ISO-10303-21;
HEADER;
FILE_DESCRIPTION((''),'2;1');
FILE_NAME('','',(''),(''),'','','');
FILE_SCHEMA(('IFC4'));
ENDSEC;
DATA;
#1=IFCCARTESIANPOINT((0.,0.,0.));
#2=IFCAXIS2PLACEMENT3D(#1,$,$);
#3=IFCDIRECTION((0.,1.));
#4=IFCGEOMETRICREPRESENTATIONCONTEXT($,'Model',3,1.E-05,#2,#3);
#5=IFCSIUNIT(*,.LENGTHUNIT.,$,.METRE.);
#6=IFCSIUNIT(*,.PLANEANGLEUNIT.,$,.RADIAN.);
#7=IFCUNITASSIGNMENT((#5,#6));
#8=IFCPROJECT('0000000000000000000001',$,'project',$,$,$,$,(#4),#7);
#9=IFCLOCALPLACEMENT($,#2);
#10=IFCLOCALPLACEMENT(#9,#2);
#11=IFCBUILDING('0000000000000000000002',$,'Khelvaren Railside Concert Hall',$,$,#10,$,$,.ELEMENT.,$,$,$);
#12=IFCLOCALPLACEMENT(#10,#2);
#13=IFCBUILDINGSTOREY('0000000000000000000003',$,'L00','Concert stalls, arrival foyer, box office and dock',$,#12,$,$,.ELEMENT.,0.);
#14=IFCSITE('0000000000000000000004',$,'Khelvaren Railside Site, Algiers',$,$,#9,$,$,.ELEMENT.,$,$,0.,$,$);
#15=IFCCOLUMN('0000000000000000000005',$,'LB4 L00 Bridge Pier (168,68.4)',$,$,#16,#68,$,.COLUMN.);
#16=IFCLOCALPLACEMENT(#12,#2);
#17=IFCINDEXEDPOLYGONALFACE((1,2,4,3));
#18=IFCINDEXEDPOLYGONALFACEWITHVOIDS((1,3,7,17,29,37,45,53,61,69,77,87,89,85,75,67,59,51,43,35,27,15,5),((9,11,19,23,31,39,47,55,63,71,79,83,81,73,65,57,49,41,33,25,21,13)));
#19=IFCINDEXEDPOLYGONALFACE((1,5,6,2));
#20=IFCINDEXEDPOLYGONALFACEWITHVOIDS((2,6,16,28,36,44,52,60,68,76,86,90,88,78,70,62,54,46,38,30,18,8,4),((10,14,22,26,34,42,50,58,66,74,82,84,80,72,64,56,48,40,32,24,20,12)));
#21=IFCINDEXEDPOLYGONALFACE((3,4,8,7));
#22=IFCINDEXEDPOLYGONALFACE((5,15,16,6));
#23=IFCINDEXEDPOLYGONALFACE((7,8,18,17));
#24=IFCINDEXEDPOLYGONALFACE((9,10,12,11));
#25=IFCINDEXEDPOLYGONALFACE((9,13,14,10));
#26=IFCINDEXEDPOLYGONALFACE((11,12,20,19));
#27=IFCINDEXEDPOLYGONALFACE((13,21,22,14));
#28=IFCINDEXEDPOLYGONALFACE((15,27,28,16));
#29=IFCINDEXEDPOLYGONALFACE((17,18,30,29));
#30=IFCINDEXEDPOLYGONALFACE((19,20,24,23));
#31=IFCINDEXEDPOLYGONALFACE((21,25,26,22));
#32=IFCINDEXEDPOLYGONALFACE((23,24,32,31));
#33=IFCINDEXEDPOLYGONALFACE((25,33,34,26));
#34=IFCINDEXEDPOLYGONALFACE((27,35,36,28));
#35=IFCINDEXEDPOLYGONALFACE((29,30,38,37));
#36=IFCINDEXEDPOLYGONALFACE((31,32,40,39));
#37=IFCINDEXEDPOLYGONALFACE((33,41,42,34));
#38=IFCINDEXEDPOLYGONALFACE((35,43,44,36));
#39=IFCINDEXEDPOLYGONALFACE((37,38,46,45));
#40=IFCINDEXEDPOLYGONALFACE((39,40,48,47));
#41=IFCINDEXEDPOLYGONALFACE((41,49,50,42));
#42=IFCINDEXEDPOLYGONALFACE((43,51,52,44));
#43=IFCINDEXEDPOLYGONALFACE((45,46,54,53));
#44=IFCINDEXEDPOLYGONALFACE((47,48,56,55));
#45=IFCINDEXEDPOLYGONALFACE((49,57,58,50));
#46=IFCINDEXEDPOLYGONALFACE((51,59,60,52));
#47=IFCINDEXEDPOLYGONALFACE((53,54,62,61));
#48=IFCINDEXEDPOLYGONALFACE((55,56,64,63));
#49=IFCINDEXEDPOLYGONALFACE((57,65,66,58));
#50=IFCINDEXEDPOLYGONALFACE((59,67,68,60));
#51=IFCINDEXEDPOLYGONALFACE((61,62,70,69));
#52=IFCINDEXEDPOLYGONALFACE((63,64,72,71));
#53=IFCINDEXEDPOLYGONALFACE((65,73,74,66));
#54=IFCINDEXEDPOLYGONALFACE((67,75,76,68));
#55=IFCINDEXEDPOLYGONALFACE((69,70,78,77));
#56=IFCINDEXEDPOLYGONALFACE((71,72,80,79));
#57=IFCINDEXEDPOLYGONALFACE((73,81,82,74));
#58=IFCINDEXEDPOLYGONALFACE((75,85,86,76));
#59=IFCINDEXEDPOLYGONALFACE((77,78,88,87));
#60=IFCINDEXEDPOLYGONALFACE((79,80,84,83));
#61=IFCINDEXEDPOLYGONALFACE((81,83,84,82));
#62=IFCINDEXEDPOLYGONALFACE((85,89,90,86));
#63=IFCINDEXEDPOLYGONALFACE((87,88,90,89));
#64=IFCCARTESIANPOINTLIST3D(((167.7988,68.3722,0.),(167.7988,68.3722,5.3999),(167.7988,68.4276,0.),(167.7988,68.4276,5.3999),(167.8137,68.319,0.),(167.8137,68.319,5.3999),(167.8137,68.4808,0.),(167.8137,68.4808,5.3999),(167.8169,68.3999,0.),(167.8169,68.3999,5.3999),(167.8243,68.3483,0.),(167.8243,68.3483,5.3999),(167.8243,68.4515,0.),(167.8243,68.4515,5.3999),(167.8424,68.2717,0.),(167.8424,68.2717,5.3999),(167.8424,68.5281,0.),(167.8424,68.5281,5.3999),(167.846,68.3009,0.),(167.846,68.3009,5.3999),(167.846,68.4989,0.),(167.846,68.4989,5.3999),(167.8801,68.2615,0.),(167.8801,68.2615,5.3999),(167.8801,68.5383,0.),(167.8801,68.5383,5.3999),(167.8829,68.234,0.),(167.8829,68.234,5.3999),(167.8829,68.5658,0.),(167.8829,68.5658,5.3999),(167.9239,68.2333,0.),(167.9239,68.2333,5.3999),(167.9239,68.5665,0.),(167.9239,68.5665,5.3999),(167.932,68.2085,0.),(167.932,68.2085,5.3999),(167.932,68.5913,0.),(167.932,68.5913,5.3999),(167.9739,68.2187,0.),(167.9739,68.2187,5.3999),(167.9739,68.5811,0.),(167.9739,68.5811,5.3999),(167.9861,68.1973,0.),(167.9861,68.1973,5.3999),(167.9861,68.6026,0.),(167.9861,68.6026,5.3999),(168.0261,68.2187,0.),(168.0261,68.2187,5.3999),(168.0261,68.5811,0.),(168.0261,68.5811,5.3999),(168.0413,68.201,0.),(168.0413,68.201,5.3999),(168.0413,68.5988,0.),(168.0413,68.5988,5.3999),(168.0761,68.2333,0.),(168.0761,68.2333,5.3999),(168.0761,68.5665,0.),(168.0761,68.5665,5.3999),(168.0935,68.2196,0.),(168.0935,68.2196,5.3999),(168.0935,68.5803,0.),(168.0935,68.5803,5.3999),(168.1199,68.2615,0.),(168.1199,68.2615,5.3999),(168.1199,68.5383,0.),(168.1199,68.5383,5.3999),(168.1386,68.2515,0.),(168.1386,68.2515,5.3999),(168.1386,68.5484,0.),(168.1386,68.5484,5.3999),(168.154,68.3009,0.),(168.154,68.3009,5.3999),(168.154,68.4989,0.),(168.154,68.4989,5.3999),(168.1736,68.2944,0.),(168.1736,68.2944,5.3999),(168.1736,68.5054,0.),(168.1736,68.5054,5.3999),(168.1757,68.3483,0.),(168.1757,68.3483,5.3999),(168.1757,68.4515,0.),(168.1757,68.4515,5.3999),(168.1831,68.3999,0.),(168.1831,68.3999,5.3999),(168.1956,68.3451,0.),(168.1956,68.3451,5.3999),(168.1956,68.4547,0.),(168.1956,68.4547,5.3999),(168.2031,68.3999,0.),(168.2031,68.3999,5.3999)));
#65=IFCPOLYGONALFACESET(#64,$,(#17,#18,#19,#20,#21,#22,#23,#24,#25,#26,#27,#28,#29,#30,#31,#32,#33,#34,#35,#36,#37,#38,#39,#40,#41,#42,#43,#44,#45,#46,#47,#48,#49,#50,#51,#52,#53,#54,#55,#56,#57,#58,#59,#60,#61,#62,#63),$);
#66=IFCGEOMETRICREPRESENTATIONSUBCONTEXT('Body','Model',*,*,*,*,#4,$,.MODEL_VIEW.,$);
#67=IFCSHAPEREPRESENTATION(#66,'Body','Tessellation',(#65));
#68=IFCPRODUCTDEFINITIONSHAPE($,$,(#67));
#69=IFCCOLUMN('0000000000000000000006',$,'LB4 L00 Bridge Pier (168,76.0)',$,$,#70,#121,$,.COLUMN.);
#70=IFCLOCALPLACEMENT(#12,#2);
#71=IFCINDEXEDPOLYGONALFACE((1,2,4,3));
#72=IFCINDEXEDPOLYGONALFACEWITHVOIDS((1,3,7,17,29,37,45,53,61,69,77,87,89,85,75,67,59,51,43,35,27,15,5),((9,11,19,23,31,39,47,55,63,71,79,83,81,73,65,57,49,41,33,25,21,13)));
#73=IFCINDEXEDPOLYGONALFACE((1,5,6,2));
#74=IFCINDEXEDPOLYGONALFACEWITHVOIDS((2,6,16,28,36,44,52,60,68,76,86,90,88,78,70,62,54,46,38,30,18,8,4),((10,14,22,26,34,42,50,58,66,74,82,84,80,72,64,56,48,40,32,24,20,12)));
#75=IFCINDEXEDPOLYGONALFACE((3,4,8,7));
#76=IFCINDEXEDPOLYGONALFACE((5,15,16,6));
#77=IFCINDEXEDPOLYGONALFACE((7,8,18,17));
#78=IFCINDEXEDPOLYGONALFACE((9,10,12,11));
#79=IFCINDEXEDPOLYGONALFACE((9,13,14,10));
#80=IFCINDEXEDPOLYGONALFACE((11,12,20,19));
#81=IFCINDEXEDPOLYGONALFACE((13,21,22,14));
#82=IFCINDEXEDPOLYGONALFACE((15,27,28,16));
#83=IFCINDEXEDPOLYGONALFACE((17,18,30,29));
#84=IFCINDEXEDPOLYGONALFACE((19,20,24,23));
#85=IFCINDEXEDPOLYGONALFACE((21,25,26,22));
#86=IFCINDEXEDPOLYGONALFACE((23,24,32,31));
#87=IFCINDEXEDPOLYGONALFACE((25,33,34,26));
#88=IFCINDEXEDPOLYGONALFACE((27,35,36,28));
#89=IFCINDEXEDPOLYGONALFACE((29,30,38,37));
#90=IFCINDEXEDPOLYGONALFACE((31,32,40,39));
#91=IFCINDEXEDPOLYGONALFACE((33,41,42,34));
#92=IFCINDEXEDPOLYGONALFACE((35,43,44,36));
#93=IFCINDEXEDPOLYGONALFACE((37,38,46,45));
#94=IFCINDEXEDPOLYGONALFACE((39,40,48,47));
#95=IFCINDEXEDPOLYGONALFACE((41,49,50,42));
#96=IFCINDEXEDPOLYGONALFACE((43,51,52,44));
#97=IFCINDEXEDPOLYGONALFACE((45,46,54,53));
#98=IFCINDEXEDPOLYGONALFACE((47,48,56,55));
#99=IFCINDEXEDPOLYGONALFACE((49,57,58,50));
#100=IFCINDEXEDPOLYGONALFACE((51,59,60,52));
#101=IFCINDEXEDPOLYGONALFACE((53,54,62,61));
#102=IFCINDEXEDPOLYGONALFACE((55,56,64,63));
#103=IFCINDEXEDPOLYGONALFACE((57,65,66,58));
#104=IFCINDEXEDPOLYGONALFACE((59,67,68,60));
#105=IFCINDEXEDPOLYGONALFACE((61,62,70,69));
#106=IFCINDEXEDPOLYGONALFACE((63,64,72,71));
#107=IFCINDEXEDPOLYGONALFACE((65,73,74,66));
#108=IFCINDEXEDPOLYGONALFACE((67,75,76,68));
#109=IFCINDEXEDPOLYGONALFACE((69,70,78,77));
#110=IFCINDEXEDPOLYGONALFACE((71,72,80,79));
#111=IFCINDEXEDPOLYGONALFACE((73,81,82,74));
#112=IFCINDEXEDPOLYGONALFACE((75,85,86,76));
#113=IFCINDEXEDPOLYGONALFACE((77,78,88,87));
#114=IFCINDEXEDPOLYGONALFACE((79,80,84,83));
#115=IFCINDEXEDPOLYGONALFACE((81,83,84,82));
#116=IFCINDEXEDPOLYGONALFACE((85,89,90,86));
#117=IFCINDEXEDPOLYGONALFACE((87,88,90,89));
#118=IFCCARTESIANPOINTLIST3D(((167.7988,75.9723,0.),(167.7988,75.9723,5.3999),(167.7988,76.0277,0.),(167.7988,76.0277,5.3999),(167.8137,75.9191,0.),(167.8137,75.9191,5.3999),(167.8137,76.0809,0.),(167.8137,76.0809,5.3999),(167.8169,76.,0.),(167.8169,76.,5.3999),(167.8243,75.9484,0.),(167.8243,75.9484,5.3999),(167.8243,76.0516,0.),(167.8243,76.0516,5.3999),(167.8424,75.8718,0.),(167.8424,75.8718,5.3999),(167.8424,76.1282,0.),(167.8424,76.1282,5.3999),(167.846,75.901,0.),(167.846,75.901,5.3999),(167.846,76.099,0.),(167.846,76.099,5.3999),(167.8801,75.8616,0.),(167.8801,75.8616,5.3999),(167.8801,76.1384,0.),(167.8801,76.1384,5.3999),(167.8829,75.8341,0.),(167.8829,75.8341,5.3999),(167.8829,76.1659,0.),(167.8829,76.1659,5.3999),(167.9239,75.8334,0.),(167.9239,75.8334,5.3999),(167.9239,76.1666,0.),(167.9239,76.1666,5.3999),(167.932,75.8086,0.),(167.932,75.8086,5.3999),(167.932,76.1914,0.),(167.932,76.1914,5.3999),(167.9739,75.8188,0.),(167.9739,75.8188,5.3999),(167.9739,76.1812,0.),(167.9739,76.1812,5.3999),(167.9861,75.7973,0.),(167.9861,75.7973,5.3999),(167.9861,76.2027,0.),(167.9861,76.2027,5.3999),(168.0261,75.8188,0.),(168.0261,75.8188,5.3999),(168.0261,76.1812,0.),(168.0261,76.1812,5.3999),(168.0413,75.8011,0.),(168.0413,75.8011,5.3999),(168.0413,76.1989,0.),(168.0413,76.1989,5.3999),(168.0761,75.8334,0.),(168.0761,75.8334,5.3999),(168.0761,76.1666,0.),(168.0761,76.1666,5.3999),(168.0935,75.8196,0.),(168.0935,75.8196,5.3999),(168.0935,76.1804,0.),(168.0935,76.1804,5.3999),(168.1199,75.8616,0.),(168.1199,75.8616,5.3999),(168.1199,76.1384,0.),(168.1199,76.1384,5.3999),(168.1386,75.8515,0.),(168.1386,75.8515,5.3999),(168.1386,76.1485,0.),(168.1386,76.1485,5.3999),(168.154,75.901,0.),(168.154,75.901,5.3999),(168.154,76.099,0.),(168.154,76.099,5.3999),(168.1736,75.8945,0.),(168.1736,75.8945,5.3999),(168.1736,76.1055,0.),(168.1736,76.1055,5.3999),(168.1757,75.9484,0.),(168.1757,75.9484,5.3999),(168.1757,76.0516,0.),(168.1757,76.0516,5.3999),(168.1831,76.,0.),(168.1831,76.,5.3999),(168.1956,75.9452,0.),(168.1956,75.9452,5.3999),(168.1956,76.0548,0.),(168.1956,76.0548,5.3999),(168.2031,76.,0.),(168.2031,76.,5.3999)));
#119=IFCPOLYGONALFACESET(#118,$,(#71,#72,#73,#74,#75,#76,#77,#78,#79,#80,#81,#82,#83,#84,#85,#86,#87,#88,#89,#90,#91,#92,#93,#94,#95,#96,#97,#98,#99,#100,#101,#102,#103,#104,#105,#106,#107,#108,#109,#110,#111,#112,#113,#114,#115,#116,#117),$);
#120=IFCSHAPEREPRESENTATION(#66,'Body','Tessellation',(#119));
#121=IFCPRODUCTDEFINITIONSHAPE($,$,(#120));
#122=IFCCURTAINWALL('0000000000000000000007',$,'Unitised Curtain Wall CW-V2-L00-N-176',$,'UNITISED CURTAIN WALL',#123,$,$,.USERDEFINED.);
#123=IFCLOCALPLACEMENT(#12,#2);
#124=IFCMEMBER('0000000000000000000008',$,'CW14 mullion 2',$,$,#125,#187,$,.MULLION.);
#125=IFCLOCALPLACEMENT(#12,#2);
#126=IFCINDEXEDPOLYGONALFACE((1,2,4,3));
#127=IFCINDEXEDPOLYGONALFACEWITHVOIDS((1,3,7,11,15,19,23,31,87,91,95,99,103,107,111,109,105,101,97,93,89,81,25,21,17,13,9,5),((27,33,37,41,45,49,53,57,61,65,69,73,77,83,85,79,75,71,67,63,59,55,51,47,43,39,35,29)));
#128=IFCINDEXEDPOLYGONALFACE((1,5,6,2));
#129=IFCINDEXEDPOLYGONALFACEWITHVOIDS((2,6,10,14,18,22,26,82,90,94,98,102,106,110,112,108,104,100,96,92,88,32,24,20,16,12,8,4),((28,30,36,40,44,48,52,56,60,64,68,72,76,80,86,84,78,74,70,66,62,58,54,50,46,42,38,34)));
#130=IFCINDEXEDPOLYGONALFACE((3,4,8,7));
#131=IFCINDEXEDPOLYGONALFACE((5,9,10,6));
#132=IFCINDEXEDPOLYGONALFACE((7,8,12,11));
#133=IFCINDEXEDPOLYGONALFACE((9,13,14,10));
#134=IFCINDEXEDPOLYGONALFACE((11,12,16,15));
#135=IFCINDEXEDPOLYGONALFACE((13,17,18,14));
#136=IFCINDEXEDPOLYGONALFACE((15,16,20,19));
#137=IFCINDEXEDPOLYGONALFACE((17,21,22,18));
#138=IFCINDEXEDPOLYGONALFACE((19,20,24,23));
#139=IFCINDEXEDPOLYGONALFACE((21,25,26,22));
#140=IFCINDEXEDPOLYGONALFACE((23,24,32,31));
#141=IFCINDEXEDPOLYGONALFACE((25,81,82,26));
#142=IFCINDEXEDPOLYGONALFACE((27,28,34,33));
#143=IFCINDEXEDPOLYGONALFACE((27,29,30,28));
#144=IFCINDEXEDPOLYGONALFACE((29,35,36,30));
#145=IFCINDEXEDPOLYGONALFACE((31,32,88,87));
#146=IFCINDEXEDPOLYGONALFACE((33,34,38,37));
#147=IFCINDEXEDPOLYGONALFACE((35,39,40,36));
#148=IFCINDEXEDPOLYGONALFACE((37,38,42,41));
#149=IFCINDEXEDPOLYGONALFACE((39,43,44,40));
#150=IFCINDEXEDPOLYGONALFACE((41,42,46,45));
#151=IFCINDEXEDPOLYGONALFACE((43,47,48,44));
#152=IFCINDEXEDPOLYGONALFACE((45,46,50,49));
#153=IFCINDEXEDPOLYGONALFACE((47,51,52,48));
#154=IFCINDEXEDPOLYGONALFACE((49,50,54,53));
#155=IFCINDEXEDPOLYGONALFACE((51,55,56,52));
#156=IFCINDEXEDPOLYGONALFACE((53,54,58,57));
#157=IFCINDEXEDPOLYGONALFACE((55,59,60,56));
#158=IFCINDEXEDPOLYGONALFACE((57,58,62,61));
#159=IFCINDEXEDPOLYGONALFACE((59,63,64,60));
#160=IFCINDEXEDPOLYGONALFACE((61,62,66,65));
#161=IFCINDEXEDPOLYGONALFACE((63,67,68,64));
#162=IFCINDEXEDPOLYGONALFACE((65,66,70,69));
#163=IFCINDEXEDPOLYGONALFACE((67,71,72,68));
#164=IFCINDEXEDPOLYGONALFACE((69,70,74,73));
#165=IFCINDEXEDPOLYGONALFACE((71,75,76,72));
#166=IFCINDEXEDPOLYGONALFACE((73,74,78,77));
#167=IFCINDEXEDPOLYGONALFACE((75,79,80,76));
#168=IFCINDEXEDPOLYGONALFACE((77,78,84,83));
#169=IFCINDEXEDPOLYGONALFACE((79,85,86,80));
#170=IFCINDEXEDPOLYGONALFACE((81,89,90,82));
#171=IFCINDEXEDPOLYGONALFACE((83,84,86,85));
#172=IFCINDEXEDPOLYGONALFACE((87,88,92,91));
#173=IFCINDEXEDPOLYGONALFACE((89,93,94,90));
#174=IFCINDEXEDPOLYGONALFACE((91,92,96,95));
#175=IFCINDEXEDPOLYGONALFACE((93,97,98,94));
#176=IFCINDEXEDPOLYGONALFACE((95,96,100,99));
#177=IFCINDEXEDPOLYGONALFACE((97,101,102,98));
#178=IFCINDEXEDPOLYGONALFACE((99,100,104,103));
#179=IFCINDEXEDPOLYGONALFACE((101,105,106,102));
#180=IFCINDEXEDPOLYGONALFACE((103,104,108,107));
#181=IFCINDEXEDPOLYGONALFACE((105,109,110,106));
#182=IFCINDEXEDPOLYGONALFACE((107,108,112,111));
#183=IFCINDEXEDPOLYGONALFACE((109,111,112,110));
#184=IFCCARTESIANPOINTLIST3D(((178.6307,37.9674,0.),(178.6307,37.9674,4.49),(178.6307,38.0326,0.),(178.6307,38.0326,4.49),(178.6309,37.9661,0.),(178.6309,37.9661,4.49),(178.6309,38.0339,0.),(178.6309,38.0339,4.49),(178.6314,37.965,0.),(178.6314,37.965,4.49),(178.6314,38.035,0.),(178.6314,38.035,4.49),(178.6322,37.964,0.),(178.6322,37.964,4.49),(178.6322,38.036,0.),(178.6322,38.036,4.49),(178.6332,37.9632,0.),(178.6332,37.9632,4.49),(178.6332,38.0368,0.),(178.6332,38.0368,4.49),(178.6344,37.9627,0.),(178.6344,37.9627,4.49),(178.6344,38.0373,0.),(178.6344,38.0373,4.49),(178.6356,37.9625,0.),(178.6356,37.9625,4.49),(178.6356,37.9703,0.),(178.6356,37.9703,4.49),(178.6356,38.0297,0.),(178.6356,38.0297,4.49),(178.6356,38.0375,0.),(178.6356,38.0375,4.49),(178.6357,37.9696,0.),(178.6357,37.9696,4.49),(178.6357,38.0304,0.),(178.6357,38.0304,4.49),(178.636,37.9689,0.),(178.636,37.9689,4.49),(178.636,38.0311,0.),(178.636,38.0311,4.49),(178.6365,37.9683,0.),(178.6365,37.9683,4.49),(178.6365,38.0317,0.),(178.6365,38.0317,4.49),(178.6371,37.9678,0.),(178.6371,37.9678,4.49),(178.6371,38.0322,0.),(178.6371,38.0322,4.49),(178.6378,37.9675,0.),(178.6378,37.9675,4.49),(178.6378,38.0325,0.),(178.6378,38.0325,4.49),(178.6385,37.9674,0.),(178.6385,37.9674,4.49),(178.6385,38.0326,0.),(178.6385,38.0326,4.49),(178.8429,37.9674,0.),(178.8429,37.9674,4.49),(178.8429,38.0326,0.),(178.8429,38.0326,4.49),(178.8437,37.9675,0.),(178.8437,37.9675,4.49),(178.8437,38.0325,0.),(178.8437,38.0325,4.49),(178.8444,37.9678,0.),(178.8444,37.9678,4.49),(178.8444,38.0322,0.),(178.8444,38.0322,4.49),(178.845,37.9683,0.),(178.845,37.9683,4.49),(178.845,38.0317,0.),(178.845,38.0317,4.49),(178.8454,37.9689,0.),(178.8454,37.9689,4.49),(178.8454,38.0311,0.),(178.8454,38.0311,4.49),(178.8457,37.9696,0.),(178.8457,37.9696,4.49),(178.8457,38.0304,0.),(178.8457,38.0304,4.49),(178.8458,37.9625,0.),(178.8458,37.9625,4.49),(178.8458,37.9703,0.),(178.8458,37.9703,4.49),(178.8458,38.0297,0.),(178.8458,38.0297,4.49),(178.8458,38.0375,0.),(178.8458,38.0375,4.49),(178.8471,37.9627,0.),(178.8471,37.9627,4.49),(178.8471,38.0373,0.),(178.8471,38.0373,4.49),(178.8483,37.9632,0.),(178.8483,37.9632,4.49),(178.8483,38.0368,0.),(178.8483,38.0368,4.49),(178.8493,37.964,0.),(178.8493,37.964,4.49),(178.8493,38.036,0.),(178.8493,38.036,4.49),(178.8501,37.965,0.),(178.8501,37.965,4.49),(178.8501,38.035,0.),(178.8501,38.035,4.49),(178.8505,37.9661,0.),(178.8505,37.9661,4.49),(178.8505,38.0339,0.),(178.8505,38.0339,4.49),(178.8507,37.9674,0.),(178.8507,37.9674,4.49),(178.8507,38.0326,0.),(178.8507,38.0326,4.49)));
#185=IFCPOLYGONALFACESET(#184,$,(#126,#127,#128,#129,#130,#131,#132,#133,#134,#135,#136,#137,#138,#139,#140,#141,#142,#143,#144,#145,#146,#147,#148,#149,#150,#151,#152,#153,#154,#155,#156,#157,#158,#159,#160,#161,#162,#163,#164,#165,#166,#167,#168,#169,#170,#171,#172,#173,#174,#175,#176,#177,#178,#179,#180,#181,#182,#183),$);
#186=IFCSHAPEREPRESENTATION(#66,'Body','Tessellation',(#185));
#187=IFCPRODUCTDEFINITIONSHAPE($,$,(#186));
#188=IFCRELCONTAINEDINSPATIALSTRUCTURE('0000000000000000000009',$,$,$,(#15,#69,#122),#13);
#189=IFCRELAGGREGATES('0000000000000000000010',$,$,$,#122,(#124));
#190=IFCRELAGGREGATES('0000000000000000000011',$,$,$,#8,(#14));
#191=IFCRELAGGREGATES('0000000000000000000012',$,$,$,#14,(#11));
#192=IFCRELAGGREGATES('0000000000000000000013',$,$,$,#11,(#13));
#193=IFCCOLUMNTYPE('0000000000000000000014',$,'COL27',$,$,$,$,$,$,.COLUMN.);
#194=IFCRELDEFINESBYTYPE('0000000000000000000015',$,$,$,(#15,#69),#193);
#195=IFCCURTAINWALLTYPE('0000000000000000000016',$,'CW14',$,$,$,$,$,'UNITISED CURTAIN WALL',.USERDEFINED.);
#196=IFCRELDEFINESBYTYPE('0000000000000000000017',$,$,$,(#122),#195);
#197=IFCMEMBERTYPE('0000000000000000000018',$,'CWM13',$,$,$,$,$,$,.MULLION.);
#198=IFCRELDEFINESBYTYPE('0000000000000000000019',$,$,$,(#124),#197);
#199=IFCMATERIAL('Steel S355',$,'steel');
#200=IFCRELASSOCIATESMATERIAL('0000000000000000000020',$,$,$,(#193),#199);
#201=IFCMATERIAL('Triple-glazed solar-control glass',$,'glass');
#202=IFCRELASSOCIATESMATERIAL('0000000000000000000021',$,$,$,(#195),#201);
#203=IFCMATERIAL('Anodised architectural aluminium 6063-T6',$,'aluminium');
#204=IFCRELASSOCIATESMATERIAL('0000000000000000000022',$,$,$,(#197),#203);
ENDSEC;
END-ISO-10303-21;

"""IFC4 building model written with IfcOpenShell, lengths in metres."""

from ifc_helpers import new_model, si_unit, direction, frame, origin, origin_2d, place, context, subcontext, project, spatial, hollow_rectangle, hollow_circle, extrude, material, material_profile, profile_set, type_object, element, aggregate, save


model = new_model("IFC4")

# Units and contexts
model_context = context("Model", 3, precision=1e-05, world=origin(), true_north=direction((0.0, 1.0)))
body_context = subcontext(model_context, "Body", "Model", "MODEL_VIEW")
ifc_project = project(units=[si_unit("LENGTHUNIT", "METRE"), si_unit("PLANEANGLEUNIT", "RADIAN")], contexts=[model_context])

# Site, building, storey
site_placement = place(None, origin())
site = spatial("IfcSite", under=ifc_project, at=site_placement, Name="Khelvaren Railside Site, Algiers", CompositionType="ELEMENT", RefElevation=0.0)
building_placement = place(site_placement, origin())
building = spatial("IfcBuilding", under=site, at=building_placement, Name="Khelvaren Railside Concert Hall", CompositionType="ELEMENT")
storey_placement = place(building_placement, origin())
storey = spatial("IfcBuildingStorey", under=building, at=storey_placement, Name="L00", Description="Concert stalls, arrival foyer, box office and dock", CompositionType="ELEMENT", Elevation=0.0)

# Columns
ifc_material_1 = material(Name="Steel S355", Category="steel")
ifc_material_profile_1 = material_profile(ifc_material_1, hollow_circle(Radius=0.2031, WallThickness=0.02, at=origin_2d()), Name="CHS 406.4x20")
ifc_profile_set_1 = profile_set([ifc_material_profile_1], Name="Steel S355")
column_type_1 = type_object("IfcColumnType", Name="COL27", PredefinedType="COLUMN", material=ifc_profile_set_1)
for number, where, z_axis, x_axis, name in (
    (1, (168.0, 68.3999, 0.0), (0.0, 0.0, 1.0), (1.0, 0.0, 0.0), "LB4 L00 Bridge Pier (168,68.4)"),
    (2, (168.0, 76.0, 0.0), (0.0, 0.0, 1.0), (1.0, 0.0, 0.0), "LB4 L00 Bridge Pier (168,76.0)"),
):
    element("IfcColumn", number, at=place(storey_placement, frame(where, z_axis=z_axis, x_axis=x_axis)), inside=storey, type_object=column_type_1, Name=name, PredefinedType="COLUMN", context=body_context, shape_type="SweptSolid", body=[
        extrude(hollow_circle(Radius=0.2031, WallThickness=0.02, at=origin_2d()), origin(), (0.0, 0.0, 1.0), 5.3999),
    ])

# Curtain wall, member
ifc_material_2 = material(Name="Triple-glazed solar-control glass", Category="glass")
curtain_wall_type = type_object("IfcCurtainWallType", Name="CW14", ElementType="UNITISED CURTAIN WALL", PredefinedType="USERDEFINED", material=ifc_material_2)
curtain_wall_placement = place(storey_placement, origin())
curtain_wall = element("IfcCurtainWall", 3, at=curtain_wall_placement, inside=storey, type_object=curtain_wall_type, Name="Unitised Curtain Wall CW-V2-L00-N-176", ObjectType="UNITISED CURTAIN WALL", PredefinedType="USERDEFINED")
ifc_material_3 = material(Name="Anodised architectural aluminium 6063-T6", Category="aluminium")
ifc_material_profile_2 = material_profile(ifc_material_3, hollow_rectangle(XDim=0.075, YDim=0.22, WallThickness=0.0049, InnerFilletRadius=0.0029, OuterFilletRadius=0.0049, at=origin_2d()), Name="CWM 75x220x5")
ifc_profile_set_2 = profile_set([ifc_material_profile_2], Name="Anodised architectural aluminium 6063-T6")
member_type_1 = type_object("IfcMemberType", Name="CWM13", PredefinedType="MULLION", material=ifc_profile_set_2)
member_1_placement = place(storey_placement, frame((178.7407, 38.0, 0.0), z_axis=(0.0, 0.0, 1.0), x_axis=(0.0, 1.0, 0.0)))
member_1 = element("IfcMember", 4, at=member_1_placement, type_object=member_type_1, Name="CW14 mullion 2", PredefinedType="MULLION", context=body_context, shape_type="SweptSolid", body=[
    extrude(hollow_rectangle(XDim=0.075, YDim=0.22, WallThickness=0.0049, InnerFilletRadius=0.0029, OuterFilletRadius=0.0049, at=origin_2d()), origin(), (0.0, 0.0, 1.0), 4.49),
])

aggregate(curtain_wall, [member_1])

save(model, "model.ifc")
